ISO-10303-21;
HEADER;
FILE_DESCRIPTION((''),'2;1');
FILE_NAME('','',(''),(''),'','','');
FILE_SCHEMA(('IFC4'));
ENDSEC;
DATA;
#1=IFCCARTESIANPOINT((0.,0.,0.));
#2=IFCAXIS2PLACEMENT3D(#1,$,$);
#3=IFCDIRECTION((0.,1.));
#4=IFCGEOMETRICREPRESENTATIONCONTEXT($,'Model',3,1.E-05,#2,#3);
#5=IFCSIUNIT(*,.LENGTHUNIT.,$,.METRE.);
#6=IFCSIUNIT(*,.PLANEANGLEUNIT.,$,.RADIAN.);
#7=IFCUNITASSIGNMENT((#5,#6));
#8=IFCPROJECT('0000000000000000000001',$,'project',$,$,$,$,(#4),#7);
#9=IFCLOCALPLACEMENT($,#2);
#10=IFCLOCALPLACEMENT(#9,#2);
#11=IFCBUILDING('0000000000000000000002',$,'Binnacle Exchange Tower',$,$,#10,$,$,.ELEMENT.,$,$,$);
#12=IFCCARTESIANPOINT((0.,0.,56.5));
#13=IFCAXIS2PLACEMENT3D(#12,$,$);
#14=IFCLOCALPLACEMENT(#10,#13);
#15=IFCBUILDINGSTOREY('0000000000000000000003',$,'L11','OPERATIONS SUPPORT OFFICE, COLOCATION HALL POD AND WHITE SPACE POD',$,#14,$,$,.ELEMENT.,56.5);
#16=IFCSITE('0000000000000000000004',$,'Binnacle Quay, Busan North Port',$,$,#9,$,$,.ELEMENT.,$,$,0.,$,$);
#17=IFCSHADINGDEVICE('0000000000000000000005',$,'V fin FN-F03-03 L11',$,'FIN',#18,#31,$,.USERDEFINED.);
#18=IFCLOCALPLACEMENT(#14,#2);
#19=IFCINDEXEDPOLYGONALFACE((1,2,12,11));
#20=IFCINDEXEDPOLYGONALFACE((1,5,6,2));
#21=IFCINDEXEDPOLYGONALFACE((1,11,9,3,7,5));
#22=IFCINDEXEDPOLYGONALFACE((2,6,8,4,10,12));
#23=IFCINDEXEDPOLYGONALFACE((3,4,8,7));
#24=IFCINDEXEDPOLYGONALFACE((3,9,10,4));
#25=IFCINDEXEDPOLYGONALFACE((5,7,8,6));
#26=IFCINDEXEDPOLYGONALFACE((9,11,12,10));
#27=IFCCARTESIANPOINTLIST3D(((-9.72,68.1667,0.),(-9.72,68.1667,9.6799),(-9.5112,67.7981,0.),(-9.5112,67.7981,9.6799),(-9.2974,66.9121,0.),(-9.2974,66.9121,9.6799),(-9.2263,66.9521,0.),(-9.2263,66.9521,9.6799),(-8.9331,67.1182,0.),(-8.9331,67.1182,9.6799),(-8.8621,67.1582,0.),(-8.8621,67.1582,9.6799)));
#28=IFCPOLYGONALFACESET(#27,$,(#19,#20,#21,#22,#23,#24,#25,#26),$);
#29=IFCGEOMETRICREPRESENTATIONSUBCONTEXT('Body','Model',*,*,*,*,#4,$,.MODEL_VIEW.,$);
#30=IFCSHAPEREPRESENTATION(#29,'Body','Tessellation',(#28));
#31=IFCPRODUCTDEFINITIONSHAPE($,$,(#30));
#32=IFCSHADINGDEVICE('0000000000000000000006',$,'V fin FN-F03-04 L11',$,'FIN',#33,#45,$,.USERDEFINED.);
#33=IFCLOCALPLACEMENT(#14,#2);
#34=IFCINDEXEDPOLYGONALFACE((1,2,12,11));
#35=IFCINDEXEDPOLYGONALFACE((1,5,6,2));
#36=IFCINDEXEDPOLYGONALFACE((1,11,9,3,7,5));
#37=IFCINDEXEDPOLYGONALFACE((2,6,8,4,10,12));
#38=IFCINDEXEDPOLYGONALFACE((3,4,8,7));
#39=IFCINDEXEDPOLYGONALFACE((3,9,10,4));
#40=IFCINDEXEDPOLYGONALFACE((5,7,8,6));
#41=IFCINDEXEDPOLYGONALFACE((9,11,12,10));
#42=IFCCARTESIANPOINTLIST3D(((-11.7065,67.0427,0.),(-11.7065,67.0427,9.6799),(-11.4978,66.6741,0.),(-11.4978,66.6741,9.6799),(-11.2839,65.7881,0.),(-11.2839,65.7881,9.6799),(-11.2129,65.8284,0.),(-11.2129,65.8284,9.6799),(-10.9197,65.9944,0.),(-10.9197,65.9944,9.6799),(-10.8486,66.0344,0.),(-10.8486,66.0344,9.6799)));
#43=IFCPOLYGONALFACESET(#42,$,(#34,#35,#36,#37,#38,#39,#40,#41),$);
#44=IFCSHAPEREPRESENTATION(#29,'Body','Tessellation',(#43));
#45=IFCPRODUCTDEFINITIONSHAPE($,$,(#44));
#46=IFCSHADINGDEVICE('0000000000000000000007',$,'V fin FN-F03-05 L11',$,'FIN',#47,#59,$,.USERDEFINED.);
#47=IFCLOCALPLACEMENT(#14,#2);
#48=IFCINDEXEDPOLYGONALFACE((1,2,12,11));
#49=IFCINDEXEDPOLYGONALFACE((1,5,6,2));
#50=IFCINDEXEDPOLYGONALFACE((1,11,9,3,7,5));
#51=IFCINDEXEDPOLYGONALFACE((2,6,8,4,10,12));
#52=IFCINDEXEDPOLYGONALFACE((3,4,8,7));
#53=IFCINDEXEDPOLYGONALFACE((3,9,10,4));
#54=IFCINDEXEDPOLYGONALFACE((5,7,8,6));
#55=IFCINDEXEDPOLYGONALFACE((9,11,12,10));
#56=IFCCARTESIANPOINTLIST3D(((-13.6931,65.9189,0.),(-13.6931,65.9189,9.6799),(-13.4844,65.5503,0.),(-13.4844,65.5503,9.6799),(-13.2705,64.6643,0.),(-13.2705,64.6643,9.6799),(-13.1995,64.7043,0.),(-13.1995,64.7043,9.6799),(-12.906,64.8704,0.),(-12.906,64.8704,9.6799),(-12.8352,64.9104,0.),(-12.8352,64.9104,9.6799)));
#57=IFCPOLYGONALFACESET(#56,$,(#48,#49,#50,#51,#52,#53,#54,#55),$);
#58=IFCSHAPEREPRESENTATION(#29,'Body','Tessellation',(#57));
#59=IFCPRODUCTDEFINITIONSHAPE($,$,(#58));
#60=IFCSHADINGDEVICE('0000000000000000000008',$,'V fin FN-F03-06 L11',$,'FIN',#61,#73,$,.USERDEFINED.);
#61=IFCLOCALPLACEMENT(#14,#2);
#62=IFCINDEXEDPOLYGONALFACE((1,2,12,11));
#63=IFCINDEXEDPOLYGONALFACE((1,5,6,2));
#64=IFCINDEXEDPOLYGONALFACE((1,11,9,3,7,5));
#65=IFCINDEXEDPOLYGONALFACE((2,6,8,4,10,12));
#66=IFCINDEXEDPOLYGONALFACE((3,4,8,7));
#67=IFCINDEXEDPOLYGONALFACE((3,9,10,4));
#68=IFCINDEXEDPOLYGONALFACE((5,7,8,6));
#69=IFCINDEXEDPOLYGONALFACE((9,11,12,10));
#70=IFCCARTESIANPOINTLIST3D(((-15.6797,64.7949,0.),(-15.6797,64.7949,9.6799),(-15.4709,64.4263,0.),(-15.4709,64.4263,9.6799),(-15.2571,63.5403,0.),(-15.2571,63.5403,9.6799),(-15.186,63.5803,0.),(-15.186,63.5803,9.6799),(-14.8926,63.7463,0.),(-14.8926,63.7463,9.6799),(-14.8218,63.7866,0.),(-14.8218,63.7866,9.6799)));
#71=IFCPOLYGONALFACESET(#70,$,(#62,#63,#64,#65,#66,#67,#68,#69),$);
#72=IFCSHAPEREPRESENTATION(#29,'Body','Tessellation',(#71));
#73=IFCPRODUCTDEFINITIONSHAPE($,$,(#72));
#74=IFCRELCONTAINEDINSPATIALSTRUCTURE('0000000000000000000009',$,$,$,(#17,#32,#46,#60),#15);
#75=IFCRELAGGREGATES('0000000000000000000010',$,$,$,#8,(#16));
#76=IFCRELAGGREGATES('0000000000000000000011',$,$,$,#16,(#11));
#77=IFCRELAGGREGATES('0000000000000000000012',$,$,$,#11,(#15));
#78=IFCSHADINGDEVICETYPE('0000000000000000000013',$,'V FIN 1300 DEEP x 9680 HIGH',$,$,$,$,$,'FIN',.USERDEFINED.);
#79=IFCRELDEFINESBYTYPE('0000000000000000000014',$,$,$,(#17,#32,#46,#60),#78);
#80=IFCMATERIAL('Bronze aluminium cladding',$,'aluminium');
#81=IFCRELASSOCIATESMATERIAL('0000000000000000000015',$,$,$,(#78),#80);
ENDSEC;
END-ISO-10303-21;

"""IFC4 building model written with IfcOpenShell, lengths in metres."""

from ifc_helpers import new_model, si_unit, direction, frame, origin, place, context, subcontext, project, spatial, polyline, outline, extrude, material, type_object, element, save


model = new_model("IFC4")

# Units and contexts
model_context = context("Model", 3, precision=1e-05, world=origin(), true_north=direction((0.0, 1.0)))
body_context = subcontext(model_context, "Body", "Model", "MODEL_VIEW")
ifc_project = project(units=[si_unit("LENGTHUNIT", "METRE"), si_unit("PLANEANGLEUNIT", "RADIAN")], contexts=[model_context])

# Site, building, storey
site_placement = place(None, origin())
site = spatial("IfcSite", under=ifc_project, at=site_placement, Name="Binnacle Quay, Busan North Port", CompositionType="ELEMENT", RefElevation=0.0)
building_placement = place(site_placement, origin())
building = spatial("IfcBuilding", under=site, at=building_placement, Name="Binnacle Exchange Tower", CompositionType="ELEMENT")
storey_placement = place(building_placement, frame((0.0, 0.0, 56.5)))
storey = spatial("IfcBuildingStorey", under=building, at=storey_placement, Name="L11", Description="OPERATIONS SUPPORT OFFICE, COLOCATION HALL POD AND WHITE SPACE POD", CompositionType="ELEMENT", Elevation=56.5)

# Shading devices
ifc_material_1 = material(Name="Bronze aluminium cladding", Category="aluminium")
shading_device_type = type_object("IfcShadingDeviceType", Name="V FIN 1300 DEEP x 9680 HIGH", ElementType="FIN", PredefinedType="USERDEFINED", material=ifc_material_1)
shading_device_1_placement = place(storey_placement, origin())
element("IfcShadingDevice", 1, at=shading_device_1_placement, inside=storey, type_object=shading_device_type, Name="V fin FN-F03-03 L11", ObjectType="FIN", PredefinedType="USERDEFINED", context=body_context, shape_type="SweptSolid", body=[
    extrude(outline(polyline([(-8.8621, 67.1582), (-9.72, 68.1667), (-9.2974, 66.9121), (-9.2263, 66.9521), (-9.5112, 67.7981), (-8.9331, 67.1182), (-8.8621, 67.1582)])), origin(), (0.0, 0.0, 1.0), 9.6799),
])
shading_device_2_placement = place(storey_placement, origin())
element("IfcShadingDevice", 2, at=shading_device_2_placement, inside=storey, type_object=shading_device_type, Name="V fin FN-F03-04 L11", ObjectType="FIN", PredefinedType="USERDEFINED", context=body_context, shape_type="SweptSolid", body=[
    extrude(outline(polyline([(-10.8486, 66.0344), (-11.7065, 67.0427), (-11.2839, 65.7881), (-11.2129, 65.8284), (-11.4978, 66.6741), (-10.9197, 65.9944), (-10.8486, 66.0344)])), origin(), (0.0, 0.0, 1.0), 9.6799),
])
shading_device_3_placement = place(storey_placement, origin())
element("IfcShadingDevice", 3, at=shading_device_3_placement, inside=storey, type_object=shading_device_type, Name="V fin FN-F03-05 L11", ObjectType="FIN", PredefinedType="USERDEFINED", context=body_context, shape_type="SweptSolid", body=[
    extrude(outline(polyline([(-12.8352, 64.9104), (-13.6931, 65.9189), (-13.2705, 64.6643), (-13.1995, 64.7043), (-13.4844, 65.5503), (-12.906, 64.8704), (-12.8352, 64.9104)])), origin(), (0.0, 0.0, 1.0), 9.6799),
])
shading_device_4_placement = place(storey_placement, origin())
element("IfcShadingDevice", 4, at=shading_device_4_placement, inside=storey, type_object=shading_device_type, Name="V fin FN-F03-06 L11", ObjectType="FIN", PredefinedType="USERDEFINED", context=body_context, shape_type="SweptSolid", body=[
    extrude(outline(polyline([(-14.8218, 63.7866), (-15.6797, 64.7949), (-15.2571, 63.5403), (-15.186, 63.5803), (-15.4709, 64.4263), (-14.8926, 63.7463), (-14.8218, 63.7866)])), origin(), (0.0, 0.0, 1.0), 9.6799),
])

save(model, "model.ifc")
